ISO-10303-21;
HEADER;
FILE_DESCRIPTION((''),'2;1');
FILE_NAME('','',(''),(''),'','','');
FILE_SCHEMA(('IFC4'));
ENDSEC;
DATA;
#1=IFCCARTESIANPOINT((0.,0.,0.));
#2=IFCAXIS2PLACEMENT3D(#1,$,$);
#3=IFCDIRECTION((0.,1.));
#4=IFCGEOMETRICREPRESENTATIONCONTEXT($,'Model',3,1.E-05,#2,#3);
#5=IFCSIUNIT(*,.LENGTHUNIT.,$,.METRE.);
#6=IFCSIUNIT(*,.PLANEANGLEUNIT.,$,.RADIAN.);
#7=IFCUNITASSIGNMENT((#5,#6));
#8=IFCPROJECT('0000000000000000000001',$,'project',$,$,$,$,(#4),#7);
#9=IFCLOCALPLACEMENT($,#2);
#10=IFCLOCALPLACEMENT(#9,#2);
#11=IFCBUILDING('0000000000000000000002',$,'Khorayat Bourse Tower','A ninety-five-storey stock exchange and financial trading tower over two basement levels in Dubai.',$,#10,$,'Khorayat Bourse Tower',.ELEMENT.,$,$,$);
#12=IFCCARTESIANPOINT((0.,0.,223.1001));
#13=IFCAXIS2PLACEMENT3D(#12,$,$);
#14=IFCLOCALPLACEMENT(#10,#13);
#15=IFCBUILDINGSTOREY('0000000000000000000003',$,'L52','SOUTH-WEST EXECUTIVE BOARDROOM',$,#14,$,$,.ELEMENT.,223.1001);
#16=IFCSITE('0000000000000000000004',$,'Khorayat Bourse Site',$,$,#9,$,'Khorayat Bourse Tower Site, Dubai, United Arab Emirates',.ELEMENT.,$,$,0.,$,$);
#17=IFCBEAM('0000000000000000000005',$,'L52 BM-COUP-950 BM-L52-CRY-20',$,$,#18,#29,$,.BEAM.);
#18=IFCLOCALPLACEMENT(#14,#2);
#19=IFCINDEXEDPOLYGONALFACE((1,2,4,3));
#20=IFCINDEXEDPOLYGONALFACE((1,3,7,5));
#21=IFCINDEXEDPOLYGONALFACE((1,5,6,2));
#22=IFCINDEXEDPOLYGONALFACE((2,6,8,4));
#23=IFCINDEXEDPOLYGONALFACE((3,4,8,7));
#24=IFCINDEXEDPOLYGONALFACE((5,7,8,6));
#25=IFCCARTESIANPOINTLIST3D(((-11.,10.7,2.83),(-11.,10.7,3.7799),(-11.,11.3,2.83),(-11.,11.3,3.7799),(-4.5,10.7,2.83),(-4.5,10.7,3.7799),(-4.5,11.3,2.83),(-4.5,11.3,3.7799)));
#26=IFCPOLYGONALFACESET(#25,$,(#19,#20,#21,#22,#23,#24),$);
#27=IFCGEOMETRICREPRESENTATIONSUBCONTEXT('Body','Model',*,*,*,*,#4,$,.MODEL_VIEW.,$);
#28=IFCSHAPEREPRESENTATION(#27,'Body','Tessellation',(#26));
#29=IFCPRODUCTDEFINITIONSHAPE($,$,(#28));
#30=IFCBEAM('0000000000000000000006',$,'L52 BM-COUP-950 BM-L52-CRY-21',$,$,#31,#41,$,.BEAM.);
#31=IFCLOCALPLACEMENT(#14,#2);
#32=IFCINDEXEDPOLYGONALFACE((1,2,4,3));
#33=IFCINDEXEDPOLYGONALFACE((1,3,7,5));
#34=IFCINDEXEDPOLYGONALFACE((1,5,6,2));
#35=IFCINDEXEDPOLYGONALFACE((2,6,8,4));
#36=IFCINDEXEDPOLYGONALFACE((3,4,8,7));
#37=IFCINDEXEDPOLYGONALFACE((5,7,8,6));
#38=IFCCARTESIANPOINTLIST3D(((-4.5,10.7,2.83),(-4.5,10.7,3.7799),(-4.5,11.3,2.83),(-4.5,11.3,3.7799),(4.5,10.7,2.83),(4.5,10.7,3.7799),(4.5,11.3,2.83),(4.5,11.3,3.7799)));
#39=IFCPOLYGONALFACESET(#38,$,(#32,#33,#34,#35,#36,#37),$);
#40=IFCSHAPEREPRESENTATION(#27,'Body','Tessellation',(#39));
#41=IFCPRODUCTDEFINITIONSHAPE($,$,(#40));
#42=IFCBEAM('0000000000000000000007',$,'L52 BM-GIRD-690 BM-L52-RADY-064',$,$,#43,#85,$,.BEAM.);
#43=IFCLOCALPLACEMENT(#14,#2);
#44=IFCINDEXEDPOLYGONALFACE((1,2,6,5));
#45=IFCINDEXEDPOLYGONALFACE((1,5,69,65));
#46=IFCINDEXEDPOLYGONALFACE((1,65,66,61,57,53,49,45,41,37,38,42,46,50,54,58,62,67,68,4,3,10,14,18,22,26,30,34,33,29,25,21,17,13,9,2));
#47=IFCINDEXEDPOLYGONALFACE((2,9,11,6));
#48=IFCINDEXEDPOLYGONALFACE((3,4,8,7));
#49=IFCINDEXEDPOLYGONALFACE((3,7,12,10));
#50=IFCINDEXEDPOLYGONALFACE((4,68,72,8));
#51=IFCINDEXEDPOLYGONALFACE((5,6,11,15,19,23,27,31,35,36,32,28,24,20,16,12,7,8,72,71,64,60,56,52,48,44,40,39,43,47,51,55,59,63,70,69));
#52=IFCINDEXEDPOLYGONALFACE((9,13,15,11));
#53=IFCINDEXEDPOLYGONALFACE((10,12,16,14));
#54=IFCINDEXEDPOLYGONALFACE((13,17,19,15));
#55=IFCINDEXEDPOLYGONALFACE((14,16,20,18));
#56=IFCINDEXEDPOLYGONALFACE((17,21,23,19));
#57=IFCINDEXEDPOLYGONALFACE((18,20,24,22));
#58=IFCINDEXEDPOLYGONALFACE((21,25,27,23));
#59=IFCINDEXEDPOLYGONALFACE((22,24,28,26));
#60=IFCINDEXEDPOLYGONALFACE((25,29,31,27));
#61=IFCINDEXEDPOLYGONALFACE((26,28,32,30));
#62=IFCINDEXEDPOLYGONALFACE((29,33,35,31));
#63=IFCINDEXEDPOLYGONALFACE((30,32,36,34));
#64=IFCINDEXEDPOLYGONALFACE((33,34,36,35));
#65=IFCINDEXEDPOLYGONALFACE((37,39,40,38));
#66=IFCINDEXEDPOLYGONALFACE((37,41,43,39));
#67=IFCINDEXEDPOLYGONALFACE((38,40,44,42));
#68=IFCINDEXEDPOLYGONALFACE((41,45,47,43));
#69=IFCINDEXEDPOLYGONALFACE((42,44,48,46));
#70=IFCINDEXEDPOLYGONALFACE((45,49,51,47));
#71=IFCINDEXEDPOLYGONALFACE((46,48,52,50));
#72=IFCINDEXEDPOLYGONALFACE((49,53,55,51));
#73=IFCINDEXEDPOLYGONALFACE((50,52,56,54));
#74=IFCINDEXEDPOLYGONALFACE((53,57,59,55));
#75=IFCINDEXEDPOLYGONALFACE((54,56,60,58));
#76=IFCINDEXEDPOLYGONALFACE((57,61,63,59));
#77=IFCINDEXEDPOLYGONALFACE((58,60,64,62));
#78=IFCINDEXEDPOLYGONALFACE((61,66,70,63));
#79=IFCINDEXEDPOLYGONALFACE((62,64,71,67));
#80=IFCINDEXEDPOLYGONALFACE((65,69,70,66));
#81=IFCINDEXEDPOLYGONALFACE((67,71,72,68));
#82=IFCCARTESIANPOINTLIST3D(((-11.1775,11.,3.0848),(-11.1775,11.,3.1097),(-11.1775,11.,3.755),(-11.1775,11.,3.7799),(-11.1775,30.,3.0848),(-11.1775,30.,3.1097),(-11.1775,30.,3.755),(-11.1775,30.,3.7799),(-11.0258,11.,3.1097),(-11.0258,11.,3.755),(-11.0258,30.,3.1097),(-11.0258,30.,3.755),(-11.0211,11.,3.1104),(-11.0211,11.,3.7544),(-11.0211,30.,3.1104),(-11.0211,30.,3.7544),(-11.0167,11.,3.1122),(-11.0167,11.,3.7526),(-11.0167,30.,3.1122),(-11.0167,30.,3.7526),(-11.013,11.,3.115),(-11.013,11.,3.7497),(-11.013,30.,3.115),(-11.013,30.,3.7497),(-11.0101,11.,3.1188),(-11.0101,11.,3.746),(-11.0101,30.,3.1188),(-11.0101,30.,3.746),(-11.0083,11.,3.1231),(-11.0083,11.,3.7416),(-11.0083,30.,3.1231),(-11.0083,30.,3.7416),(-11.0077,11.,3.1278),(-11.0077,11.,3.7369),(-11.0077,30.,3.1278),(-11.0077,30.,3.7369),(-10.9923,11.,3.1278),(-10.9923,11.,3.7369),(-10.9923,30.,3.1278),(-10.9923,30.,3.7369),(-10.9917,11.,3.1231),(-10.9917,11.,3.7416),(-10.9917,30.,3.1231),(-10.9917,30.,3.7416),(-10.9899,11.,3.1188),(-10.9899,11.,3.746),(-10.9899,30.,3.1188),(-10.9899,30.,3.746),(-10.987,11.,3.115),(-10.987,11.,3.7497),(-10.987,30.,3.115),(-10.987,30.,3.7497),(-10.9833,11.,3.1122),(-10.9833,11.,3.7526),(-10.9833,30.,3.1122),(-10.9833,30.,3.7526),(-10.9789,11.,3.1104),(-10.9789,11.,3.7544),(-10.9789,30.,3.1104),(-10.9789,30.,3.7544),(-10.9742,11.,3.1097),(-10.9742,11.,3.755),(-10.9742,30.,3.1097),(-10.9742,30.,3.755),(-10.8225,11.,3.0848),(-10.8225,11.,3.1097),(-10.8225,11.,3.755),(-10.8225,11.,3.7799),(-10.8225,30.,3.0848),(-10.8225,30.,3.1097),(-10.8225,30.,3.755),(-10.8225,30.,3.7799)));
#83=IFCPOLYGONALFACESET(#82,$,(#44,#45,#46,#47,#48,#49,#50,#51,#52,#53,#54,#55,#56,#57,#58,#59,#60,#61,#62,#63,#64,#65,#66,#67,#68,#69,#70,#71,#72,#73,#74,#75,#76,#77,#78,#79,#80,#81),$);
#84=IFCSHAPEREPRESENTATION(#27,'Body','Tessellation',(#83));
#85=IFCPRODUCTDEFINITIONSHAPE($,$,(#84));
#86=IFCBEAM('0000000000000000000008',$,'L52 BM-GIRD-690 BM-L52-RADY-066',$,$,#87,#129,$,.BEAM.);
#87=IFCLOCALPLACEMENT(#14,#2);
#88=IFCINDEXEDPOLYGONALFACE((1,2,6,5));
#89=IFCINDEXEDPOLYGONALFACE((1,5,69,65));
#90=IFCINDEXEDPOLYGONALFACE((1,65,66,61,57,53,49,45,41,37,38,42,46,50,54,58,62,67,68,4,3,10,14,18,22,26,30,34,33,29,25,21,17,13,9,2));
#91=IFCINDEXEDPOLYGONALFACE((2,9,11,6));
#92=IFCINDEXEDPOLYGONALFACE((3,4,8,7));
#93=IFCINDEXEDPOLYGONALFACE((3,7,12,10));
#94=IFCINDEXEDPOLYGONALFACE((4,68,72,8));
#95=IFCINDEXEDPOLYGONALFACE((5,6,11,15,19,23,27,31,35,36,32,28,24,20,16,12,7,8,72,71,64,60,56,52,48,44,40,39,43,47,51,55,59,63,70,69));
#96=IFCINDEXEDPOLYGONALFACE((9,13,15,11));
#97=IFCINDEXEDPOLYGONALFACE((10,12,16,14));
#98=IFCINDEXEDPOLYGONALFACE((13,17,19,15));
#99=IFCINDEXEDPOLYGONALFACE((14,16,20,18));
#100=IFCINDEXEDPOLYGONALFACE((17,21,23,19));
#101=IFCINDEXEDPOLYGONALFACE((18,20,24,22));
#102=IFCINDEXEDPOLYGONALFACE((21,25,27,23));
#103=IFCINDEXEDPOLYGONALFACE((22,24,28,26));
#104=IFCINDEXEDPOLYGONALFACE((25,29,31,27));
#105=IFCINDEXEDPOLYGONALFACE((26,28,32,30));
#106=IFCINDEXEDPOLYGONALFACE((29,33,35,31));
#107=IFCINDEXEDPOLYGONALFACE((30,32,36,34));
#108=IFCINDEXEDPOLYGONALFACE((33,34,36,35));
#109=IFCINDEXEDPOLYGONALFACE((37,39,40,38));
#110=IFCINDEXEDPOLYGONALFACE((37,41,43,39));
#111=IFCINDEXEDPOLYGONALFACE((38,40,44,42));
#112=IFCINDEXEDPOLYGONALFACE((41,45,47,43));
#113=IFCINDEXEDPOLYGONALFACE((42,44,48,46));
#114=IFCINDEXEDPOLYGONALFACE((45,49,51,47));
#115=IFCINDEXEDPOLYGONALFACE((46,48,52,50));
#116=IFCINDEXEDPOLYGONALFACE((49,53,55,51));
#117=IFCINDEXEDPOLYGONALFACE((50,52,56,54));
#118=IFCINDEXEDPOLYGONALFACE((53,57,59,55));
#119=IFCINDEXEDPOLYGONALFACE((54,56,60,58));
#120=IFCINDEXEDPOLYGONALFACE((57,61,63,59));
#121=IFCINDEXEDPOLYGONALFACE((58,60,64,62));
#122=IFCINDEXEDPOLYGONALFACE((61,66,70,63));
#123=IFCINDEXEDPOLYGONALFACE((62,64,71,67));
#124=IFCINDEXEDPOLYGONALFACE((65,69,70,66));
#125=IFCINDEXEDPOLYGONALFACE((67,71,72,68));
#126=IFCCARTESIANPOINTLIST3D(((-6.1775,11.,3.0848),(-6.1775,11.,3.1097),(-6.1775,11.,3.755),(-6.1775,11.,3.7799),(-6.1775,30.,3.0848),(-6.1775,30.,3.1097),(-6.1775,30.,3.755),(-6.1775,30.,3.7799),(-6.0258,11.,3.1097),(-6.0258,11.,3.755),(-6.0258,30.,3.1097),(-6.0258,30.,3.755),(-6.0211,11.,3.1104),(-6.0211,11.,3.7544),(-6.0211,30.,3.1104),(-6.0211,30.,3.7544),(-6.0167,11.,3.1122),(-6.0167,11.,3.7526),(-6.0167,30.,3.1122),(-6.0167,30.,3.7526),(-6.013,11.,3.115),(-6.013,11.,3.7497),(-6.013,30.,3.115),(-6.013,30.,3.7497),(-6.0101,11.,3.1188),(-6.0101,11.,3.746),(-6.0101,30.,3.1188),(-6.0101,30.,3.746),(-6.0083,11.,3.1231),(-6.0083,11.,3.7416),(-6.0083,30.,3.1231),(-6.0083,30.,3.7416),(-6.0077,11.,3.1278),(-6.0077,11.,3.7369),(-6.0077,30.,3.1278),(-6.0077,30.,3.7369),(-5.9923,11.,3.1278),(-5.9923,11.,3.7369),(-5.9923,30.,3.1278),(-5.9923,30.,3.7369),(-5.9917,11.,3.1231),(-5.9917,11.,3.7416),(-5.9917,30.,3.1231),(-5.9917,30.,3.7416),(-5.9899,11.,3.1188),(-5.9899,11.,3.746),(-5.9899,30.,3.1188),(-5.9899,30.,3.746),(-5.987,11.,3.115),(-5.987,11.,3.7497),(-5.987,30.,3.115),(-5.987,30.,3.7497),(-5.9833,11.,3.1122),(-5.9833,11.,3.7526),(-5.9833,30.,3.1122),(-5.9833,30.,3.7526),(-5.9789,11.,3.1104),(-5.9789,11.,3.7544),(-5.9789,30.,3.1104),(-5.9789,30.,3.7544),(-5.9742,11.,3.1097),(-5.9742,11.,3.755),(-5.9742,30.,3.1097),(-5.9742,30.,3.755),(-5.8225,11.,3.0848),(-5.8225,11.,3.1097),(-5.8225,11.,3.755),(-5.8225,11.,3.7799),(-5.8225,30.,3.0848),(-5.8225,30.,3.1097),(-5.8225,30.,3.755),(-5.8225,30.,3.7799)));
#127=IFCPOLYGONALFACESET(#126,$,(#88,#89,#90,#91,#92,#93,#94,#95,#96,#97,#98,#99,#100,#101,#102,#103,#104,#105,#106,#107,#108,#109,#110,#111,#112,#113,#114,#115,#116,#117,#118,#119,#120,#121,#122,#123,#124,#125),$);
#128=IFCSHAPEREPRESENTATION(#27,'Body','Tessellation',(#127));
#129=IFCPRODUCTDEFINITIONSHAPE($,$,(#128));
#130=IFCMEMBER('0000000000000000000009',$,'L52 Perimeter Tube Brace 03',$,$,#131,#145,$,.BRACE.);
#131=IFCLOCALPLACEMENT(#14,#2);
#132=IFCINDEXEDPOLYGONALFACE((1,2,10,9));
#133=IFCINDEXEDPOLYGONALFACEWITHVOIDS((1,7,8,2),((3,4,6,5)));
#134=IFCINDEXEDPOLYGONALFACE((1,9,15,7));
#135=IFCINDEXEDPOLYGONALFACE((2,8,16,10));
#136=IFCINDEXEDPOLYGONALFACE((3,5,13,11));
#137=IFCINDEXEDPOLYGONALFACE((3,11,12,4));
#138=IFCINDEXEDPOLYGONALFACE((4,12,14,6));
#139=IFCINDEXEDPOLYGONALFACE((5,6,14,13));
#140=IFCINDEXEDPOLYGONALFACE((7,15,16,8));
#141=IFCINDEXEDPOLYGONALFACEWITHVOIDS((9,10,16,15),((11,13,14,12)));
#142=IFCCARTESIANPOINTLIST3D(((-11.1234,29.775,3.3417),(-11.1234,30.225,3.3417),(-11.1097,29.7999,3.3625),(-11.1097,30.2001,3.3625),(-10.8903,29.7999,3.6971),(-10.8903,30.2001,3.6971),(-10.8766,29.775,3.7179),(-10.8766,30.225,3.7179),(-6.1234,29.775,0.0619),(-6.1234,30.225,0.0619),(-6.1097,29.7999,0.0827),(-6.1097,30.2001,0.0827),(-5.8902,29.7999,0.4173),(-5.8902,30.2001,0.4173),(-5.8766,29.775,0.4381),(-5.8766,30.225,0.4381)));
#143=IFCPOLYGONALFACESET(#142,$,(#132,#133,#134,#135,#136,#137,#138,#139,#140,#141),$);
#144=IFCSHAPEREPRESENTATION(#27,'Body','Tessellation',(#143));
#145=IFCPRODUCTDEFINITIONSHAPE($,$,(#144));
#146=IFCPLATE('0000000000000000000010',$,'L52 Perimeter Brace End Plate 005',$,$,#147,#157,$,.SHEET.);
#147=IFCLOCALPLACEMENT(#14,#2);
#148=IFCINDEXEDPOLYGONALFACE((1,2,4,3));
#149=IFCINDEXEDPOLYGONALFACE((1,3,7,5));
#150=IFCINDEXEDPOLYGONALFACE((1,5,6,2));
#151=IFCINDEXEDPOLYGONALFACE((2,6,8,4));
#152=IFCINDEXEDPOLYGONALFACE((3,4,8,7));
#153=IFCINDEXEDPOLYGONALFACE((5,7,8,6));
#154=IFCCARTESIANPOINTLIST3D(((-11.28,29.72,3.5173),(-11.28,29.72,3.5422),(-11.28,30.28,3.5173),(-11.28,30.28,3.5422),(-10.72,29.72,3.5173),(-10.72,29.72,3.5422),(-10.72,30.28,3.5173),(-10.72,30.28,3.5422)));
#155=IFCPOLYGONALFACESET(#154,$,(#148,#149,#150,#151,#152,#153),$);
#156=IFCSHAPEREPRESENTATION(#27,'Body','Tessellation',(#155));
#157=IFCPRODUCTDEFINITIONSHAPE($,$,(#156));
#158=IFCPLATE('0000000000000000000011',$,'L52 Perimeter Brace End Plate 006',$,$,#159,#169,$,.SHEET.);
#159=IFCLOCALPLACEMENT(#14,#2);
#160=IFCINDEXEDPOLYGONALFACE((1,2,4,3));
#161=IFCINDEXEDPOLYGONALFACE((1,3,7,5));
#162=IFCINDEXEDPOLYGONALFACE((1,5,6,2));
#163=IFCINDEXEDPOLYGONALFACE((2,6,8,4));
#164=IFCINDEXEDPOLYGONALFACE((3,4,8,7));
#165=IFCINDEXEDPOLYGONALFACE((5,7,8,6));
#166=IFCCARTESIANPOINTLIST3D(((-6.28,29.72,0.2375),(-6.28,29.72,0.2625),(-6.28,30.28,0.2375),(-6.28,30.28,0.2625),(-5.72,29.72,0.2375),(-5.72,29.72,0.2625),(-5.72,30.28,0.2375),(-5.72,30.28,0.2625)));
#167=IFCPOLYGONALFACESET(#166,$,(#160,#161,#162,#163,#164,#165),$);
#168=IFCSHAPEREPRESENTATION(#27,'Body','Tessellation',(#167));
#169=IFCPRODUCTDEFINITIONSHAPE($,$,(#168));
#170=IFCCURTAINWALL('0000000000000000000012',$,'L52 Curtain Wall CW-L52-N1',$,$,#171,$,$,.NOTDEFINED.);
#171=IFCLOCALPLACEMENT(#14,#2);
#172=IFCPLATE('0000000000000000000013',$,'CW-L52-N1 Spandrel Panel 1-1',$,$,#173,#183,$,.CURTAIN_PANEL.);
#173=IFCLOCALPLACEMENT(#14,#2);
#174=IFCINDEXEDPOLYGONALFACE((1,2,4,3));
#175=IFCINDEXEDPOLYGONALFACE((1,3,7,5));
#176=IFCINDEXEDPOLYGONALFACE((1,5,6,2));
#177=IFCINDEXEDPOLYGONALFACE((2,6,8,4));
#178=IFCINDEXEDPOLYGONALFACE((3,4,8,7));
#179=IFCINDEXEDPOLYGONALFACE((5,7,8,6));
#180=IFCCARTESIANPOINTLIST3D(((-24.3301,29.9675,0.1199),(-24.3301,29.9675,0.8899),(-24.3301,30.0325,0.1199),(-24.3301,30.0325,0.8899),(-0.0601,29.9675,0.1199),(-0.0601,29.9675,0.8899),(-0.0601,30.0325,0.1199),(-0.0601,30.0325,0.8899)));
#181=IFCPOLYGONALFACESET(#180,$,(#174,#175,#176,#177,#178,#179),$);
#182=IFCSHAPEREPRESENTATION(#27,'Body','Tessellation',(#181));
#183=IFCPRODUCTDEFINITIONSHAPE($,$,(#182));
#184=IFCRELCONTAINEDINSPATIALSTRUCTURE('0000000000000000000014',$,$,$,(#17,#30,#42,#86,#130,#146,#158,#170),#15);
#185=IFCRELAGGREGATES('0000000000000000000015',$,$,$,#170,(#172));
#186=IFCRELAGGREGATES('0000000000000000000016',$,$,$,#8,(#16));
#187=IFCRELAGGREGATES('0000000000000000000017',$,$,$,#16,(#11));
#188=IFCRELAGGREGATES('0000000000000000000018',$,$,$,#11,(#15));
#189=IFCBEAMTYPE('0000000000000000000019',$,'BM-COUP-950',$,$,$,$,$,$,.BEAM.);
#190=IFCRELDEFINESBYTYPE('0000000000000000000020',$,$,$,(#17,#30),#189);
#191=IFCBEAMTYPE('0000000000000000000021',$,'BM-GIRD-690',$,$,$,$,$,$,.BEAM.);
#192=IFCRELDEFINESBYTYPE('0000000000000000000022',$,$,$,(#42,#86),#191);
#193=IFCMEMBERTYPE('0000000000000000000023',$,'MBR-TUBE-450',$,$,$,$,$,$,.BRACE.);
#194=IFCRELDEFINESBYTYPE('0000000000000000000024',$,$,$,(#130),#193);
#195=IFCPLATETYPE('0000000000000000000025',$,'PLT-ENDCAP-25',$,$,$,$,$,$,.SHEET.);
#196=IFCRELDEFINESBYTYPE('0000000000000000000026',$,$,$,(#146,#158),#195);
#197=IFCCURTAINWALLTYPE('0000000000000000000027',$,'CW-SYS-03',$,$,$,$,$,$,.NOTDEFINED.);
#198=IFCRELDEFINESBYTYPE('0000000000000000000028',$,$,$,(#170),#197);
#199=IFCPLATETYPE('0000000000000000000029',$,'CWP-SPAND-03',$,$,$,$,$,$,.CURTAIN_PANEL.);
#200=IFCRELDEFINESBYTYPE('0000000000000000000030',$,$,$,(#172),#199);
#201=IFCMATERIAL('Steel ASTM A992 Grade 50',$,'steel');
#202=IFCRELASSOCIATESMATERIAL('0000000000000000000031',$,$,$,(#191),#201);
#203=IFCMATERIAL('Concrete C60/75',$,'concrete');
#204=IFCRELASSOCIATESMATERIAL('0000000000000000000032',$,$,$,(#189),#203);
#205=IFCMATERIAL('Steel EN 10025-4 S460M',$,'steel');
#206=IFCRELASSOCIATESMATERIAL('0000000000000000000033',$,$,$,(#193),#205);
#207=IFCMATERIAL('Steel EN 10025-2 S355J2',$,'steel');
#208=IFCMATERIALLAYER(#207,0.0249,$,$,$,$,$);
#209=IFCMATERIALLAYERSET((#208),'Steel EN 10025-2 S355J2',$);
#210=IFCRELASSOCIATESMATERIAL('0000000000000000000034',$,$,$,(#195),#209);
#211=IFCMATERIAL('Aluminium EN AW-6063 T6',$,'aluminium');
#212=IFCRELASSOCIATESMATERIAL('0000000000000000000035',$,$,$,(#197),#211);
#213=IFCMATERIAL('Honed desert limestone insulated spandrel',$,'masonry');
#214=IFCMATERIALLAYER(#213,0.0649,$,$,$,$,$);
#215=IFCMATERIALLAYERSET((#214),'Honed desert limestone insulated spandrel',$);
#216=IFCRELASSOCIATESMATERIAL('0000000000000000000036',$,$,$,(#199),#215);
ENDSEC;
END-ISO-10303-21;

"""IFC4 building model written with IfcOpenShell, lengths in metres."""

from ifc_helpers import new_model, si_unit, direction, frame, origin, origin_2d, place, context, subcontext, project, spatial, rectangle, hollow_rectangle, i_section, extrude, source, transform, mapped, material, layer, layer_set, material_profile, profile_set, type_object, element, aggregate, save


model = new_model("IFC4")

# Units and contexts
model_context = context("Model", 3, precision=1e-05, world=origin(), true_north=direction((0.0, 1.0)))
body_context = subcontext(model_context, "Body", "Model", "MODEL_VIEW")
ifc_project = project(units=[si_unit("LENGTHUNIT", "METRE"), si_unit("PLANEANGLEUNIT", "RADIAN")], contexts=[model_context])

# Site, building, storey
site_placement = place(None, origin())
site = spatial("IfcSite", under=ifc_project, at=site_placement, Name="Khorayat Bourse Site", LongName="Khorayat Bourse Tower Site, Dubai, United Arab Emirates", CompositionType="ELEMENT", RefElevation=0.0)
building_placement = place(site_placement, origin())
building = spatial("IfcBuilding", under=site, at=building_placement, Name="Khorayat Bourse Tower", Description="A ninety-five-storey stock exchange and financial trading tower over two basement levels in Dubai.", LongName="Khorayat Bourse Tower", CompositionType="ELEMENT")
storey_placement = place(building_placement, frame((0.0, 0.0, 223.1001)))
storey = spatial("IfcBuildingStorey", under=building, at=storey_placement, Name="L52", Description="SOUTH-WEST EXECUTIVE BOARDROOM", CompositionType="ELEMENT", Elevation=223.1001)

# Shared definitions
ifc_material_1 = material(Name="Concrete C60/75", Category="concrete")
ifc_material_2 = material(Name="Steel EN 10025-4 S460M", Category="steel")

# Beams
ifc_material_3 = material(Name="Steel ASTM A992 Grade 50", Category="steel")
ifc_material_profile_1 = material_profile(ifc_material_3, i_section(OverallWidth=0.355, OverallDepth=0.6951, WebThickness=0.0154, FlangeThickness=0.0249, FilletRadius=0.0181, at=origin_2d()), Name="W690X217")
ifc_profile_set_1 = profile_set([ifc_material_profile_1], Name="Steel ASTM A992 Grade 50")
beam_type_1 = type_object("IfcBeamType", Name="BM-GIRD-690", PredefinedType="BEAM", material=ifc_profile_set_1)
ifc_material_profile_2 = material_profile(ifc_material_1, rectangle(XDim=0.6001, YDim=0.95, at=origin_2d()), Name="RC 600x950")
ifc_profile_set_2 = profile_set([ifc_material_profile_2], Name="Concrete C60/75")
beam_type_2 = type_object("IfcBeamType", Name="BM-COUP-950", PredefinedType="BEAM", material=ifc_profile_set_2)
shared_shape_1 = source(origin(), body_context, "Body", "SweptSolid", [
    extrude(rectangle(XDim=0.6001, YDim=0.95, at=origin_2d()), origin(), (0.0, 0.0, 1.0), 6.5),
])
beam_1_placement = place(storey_placement, frame((-11.0, 11.0, 3.3049), z_axis=(1.0, 0.0, 0.0), x_axis=(0.0, 1.0, 0.0)))
element("IfcBeam", 1, at=beam_1_placement, inside=storey, type_object=beam_type_2, Name="L52 BM-COUP-950 BM-L52-CRY-20", PredefinedType="BEAM", context=body_context, shape_type="MappedRepresentation", body=[
    mapped(shared_shape_1, transform((0.0, 0.0, 0.0), scale=1.0)),
])
shared_shape_2 = source(origin(), body_context, "Body", "SweptSolid", [
    extrude(rectangle(XDim=0.6001, YDim=0.95, at=origin_2d()), origin(), (0.0, 0.0, 1.0), 9.0),
])
beam_2_placement = place(storey_placement, frame((-4.5, 11.0, 3.3049), z_axis=(1.0, 0.0, 0.0), x_axis=(0.0, 1.0, 0.0)))
element("IfcBeam", 2, at=beam_2_placement, inside=storey, type_object=beam_type_2, Name="L52 BM-COUP-950 BM-L52-CRY-21", PredefinedType="BEAM", context=body_context, shape_type="MappedRepresentation", body=[
    mapped(shared_shape_2, transform((0.0, 0.0, 0.0), scale=1.0)),
])
shared_shape_3 = source(origin(), body_context, "Body", "SweptSolid", [
    extrude(i_section(OverallWidth=0.355, OverallDepth=0.6951, WebThickness=0.0154, FlangeThickness=0.0249, FilletRadius=0.0181, at=origin_2d()), origin(), (0.0, 0.0, 1.0), 19.0),
])
for number, where, z_axis, x_axis, name in (
    (3, (-11.0, 11.0, 3.4324), (0.0, 1.0, 0.0), (-1.0, 0.0, 0.0), "L52 BM-GIRD-690 BM-L52-RADY-064"),
    (4, (-6.0, 11.0, 3.4324), (0.0, 1.0, 0.0), (-1.0, 0.0, 0.0), "L52 BM-GIRD-690 BM-L52-RADY-066"),
):
    element("IfcBeam", number, at=place(storey_placement, frame(where, z_axis=z_axis, x_axis=x_axis)), inside=storey, type_object=beam_type_1, Name=name, PredefinedType="BEAM", context=body_context, shape_type="MappedRepresentation", body=[
        mapped(shared_shape_3, transform((0.0, 0.0, 0.0), scale=1.0)),
    ])

# Member
ifc_material_profile_3 = material_profile(ifc_material_2, hollow_rectangle(XDim=0.45, YDim=0.45, WallThickness=0.0249, at=origin_2d()), Name="HSS 450x450x25")
ifc_profile_set_3 = profile_set([ifc_material_profile_3], Name="Steel EN 10025-4 S460M")
member_type = type_object("IfcMemberType", Name="MBR-TUBE-450", PredefinedType="BRACE", material=ifc_profile_set_3)
shared_shape_4 = source(origin(), body_context, "Body", "SweptSolid", [
    extrude(hollow_rectangle(XDim=0.45, YDim=0.45, WallThickness=0.0249, at=origin_2d()), origin(), (0.0, 0.0, 1.0), 5.9797),
])
member_placement = place(storey_placement, frame((-11.0, 30.0, 3.5298), z_axis=(0.83616, 0.0, -0.548485), x_axis=(0.0, 1.0, 0.0)))
element("IfcMember", 5, at=member_placement, inside=storey, type_object=member_type, Name="L52 Perimeter Tube Brace 03", PredefinedType="BRACE", context=body_context, shape_type="MappedRepresentation", body=[
    mapped(shared_shape_4, transform((0.0, 0.0, 0.0), scale=1.0)),
])

# Plates
ifc_material_4 = material(Name="Steel EN 10025-2 S355J2", Category="steel")
ifc_layer_1 = layer(ifc_material_4, 0.0249)
ifc_layer_set_1 = layer_set([ifc_layer_1], Name="Steel EN 10025-2 S355J2")
plate_type_1 = type_object("IfcPlateType", Name="PLT-ENDCAP-25", PredefinedType="SHEET", material=ifc_layer_set_1)
shared_shape_5 = source(origin(), body_context, "Body", "SweptSolid", [
    extrude(rectangle(XDim=0.5601, YDim=0.5601, at=origin_2d()), origin(), (0.0, 0.0, 1.0), 0.0249),
])
for number, where, z_axis, x_axis, name in (
    (6, (-11.0, 30.0, 3.5173), (0.0, 0.0, 1.0), (1.0, 0.0, 0.0), "L52 Perimeter Brace End Plate 005"),
    (7, (-6.0, 30.0, 0.2375), (0.0, 0.0, 1.0), (1.0, 0.0, 0.0), "L52 Perimeter Brace End Plate 006"),
):
    element("IfcPlate", number, at=place(storey_placement, frame(where, z_axis=z_axis, x_axis=x_axis)), inside=storey, type_object=plate_type_1, Name=name, PredefinedType="SHEET", context=body_context, shape_type="MappedRepresentation", body=[
        mapped(shared_shape_5, transform((0.0, 0.0, 0.0), scale=1.0)),
    ])

# Curtain wall, plate
ifc_material_5 = material(Name="Aluminium EN AW-6063 T6", Category="aluminium")
curtain_wall_type = type_object("IfcCurtainWallType", Name="CW-SYS-03", PredefinedType="NOTDEFINED", material=ifc_material_5)
curtain_wall_placement = place(storey_placement, origin())
curtain_wall = element("IfcCurtainWall", 8, at=curtain_wall_placement, inside=storey, type_object=curtain_wall_type, Name="L52 Curtain Wall CW-L52-N1", PredefinedType="NOTDEFINED")
ifc_material_6 = material(Name="Honed desert limestone insulated spandrel", Category="masonry")
ifc_layer_2 = layer(ifc_material_6, 0.0649)
ifc_layer_set_2 = layer_set([ifc_layer_2], Name="Honed desert limestone insulated spandrel")
plate_type_2 = type_object("IfcPlateType", Name="CWP-SPAND-03", PredefinedType="CURTAIN_PANEL", material=ifc_layer_set_2)
shared_shape_6 = source(origin(), body_context, "Body", "SweptSolid", [
    extrude(rectangle(XDim=24.27, YDim=0.0649, at=origin_2d()), origin(), (0.0, 0.0, 1.0), 0.77),
])
plate_1_placement = place(storey_placement, frame((-12.1951, 30.0, 0.1199), z_axis=(0.0, 0.0, 1.0), x_axis=(1.0, 0.0, 0.0)))
plate_1 = element("IfcPlate", 9, at=plate_1_placement, type_object=plate_type_2, Name="CW-L52-N1 Spandrel Panel 1-1", PredefinedType="CURTAIN_PANEL", context=body_context, shape_type="MappedRepresentation", body=[
    mapped(shared_shape_6, transform((0.0, 0.0, 0.0), scale=1.0)),
])
aggregate(curtain_wall, [plate_1])

save(model, "model.ifc")
